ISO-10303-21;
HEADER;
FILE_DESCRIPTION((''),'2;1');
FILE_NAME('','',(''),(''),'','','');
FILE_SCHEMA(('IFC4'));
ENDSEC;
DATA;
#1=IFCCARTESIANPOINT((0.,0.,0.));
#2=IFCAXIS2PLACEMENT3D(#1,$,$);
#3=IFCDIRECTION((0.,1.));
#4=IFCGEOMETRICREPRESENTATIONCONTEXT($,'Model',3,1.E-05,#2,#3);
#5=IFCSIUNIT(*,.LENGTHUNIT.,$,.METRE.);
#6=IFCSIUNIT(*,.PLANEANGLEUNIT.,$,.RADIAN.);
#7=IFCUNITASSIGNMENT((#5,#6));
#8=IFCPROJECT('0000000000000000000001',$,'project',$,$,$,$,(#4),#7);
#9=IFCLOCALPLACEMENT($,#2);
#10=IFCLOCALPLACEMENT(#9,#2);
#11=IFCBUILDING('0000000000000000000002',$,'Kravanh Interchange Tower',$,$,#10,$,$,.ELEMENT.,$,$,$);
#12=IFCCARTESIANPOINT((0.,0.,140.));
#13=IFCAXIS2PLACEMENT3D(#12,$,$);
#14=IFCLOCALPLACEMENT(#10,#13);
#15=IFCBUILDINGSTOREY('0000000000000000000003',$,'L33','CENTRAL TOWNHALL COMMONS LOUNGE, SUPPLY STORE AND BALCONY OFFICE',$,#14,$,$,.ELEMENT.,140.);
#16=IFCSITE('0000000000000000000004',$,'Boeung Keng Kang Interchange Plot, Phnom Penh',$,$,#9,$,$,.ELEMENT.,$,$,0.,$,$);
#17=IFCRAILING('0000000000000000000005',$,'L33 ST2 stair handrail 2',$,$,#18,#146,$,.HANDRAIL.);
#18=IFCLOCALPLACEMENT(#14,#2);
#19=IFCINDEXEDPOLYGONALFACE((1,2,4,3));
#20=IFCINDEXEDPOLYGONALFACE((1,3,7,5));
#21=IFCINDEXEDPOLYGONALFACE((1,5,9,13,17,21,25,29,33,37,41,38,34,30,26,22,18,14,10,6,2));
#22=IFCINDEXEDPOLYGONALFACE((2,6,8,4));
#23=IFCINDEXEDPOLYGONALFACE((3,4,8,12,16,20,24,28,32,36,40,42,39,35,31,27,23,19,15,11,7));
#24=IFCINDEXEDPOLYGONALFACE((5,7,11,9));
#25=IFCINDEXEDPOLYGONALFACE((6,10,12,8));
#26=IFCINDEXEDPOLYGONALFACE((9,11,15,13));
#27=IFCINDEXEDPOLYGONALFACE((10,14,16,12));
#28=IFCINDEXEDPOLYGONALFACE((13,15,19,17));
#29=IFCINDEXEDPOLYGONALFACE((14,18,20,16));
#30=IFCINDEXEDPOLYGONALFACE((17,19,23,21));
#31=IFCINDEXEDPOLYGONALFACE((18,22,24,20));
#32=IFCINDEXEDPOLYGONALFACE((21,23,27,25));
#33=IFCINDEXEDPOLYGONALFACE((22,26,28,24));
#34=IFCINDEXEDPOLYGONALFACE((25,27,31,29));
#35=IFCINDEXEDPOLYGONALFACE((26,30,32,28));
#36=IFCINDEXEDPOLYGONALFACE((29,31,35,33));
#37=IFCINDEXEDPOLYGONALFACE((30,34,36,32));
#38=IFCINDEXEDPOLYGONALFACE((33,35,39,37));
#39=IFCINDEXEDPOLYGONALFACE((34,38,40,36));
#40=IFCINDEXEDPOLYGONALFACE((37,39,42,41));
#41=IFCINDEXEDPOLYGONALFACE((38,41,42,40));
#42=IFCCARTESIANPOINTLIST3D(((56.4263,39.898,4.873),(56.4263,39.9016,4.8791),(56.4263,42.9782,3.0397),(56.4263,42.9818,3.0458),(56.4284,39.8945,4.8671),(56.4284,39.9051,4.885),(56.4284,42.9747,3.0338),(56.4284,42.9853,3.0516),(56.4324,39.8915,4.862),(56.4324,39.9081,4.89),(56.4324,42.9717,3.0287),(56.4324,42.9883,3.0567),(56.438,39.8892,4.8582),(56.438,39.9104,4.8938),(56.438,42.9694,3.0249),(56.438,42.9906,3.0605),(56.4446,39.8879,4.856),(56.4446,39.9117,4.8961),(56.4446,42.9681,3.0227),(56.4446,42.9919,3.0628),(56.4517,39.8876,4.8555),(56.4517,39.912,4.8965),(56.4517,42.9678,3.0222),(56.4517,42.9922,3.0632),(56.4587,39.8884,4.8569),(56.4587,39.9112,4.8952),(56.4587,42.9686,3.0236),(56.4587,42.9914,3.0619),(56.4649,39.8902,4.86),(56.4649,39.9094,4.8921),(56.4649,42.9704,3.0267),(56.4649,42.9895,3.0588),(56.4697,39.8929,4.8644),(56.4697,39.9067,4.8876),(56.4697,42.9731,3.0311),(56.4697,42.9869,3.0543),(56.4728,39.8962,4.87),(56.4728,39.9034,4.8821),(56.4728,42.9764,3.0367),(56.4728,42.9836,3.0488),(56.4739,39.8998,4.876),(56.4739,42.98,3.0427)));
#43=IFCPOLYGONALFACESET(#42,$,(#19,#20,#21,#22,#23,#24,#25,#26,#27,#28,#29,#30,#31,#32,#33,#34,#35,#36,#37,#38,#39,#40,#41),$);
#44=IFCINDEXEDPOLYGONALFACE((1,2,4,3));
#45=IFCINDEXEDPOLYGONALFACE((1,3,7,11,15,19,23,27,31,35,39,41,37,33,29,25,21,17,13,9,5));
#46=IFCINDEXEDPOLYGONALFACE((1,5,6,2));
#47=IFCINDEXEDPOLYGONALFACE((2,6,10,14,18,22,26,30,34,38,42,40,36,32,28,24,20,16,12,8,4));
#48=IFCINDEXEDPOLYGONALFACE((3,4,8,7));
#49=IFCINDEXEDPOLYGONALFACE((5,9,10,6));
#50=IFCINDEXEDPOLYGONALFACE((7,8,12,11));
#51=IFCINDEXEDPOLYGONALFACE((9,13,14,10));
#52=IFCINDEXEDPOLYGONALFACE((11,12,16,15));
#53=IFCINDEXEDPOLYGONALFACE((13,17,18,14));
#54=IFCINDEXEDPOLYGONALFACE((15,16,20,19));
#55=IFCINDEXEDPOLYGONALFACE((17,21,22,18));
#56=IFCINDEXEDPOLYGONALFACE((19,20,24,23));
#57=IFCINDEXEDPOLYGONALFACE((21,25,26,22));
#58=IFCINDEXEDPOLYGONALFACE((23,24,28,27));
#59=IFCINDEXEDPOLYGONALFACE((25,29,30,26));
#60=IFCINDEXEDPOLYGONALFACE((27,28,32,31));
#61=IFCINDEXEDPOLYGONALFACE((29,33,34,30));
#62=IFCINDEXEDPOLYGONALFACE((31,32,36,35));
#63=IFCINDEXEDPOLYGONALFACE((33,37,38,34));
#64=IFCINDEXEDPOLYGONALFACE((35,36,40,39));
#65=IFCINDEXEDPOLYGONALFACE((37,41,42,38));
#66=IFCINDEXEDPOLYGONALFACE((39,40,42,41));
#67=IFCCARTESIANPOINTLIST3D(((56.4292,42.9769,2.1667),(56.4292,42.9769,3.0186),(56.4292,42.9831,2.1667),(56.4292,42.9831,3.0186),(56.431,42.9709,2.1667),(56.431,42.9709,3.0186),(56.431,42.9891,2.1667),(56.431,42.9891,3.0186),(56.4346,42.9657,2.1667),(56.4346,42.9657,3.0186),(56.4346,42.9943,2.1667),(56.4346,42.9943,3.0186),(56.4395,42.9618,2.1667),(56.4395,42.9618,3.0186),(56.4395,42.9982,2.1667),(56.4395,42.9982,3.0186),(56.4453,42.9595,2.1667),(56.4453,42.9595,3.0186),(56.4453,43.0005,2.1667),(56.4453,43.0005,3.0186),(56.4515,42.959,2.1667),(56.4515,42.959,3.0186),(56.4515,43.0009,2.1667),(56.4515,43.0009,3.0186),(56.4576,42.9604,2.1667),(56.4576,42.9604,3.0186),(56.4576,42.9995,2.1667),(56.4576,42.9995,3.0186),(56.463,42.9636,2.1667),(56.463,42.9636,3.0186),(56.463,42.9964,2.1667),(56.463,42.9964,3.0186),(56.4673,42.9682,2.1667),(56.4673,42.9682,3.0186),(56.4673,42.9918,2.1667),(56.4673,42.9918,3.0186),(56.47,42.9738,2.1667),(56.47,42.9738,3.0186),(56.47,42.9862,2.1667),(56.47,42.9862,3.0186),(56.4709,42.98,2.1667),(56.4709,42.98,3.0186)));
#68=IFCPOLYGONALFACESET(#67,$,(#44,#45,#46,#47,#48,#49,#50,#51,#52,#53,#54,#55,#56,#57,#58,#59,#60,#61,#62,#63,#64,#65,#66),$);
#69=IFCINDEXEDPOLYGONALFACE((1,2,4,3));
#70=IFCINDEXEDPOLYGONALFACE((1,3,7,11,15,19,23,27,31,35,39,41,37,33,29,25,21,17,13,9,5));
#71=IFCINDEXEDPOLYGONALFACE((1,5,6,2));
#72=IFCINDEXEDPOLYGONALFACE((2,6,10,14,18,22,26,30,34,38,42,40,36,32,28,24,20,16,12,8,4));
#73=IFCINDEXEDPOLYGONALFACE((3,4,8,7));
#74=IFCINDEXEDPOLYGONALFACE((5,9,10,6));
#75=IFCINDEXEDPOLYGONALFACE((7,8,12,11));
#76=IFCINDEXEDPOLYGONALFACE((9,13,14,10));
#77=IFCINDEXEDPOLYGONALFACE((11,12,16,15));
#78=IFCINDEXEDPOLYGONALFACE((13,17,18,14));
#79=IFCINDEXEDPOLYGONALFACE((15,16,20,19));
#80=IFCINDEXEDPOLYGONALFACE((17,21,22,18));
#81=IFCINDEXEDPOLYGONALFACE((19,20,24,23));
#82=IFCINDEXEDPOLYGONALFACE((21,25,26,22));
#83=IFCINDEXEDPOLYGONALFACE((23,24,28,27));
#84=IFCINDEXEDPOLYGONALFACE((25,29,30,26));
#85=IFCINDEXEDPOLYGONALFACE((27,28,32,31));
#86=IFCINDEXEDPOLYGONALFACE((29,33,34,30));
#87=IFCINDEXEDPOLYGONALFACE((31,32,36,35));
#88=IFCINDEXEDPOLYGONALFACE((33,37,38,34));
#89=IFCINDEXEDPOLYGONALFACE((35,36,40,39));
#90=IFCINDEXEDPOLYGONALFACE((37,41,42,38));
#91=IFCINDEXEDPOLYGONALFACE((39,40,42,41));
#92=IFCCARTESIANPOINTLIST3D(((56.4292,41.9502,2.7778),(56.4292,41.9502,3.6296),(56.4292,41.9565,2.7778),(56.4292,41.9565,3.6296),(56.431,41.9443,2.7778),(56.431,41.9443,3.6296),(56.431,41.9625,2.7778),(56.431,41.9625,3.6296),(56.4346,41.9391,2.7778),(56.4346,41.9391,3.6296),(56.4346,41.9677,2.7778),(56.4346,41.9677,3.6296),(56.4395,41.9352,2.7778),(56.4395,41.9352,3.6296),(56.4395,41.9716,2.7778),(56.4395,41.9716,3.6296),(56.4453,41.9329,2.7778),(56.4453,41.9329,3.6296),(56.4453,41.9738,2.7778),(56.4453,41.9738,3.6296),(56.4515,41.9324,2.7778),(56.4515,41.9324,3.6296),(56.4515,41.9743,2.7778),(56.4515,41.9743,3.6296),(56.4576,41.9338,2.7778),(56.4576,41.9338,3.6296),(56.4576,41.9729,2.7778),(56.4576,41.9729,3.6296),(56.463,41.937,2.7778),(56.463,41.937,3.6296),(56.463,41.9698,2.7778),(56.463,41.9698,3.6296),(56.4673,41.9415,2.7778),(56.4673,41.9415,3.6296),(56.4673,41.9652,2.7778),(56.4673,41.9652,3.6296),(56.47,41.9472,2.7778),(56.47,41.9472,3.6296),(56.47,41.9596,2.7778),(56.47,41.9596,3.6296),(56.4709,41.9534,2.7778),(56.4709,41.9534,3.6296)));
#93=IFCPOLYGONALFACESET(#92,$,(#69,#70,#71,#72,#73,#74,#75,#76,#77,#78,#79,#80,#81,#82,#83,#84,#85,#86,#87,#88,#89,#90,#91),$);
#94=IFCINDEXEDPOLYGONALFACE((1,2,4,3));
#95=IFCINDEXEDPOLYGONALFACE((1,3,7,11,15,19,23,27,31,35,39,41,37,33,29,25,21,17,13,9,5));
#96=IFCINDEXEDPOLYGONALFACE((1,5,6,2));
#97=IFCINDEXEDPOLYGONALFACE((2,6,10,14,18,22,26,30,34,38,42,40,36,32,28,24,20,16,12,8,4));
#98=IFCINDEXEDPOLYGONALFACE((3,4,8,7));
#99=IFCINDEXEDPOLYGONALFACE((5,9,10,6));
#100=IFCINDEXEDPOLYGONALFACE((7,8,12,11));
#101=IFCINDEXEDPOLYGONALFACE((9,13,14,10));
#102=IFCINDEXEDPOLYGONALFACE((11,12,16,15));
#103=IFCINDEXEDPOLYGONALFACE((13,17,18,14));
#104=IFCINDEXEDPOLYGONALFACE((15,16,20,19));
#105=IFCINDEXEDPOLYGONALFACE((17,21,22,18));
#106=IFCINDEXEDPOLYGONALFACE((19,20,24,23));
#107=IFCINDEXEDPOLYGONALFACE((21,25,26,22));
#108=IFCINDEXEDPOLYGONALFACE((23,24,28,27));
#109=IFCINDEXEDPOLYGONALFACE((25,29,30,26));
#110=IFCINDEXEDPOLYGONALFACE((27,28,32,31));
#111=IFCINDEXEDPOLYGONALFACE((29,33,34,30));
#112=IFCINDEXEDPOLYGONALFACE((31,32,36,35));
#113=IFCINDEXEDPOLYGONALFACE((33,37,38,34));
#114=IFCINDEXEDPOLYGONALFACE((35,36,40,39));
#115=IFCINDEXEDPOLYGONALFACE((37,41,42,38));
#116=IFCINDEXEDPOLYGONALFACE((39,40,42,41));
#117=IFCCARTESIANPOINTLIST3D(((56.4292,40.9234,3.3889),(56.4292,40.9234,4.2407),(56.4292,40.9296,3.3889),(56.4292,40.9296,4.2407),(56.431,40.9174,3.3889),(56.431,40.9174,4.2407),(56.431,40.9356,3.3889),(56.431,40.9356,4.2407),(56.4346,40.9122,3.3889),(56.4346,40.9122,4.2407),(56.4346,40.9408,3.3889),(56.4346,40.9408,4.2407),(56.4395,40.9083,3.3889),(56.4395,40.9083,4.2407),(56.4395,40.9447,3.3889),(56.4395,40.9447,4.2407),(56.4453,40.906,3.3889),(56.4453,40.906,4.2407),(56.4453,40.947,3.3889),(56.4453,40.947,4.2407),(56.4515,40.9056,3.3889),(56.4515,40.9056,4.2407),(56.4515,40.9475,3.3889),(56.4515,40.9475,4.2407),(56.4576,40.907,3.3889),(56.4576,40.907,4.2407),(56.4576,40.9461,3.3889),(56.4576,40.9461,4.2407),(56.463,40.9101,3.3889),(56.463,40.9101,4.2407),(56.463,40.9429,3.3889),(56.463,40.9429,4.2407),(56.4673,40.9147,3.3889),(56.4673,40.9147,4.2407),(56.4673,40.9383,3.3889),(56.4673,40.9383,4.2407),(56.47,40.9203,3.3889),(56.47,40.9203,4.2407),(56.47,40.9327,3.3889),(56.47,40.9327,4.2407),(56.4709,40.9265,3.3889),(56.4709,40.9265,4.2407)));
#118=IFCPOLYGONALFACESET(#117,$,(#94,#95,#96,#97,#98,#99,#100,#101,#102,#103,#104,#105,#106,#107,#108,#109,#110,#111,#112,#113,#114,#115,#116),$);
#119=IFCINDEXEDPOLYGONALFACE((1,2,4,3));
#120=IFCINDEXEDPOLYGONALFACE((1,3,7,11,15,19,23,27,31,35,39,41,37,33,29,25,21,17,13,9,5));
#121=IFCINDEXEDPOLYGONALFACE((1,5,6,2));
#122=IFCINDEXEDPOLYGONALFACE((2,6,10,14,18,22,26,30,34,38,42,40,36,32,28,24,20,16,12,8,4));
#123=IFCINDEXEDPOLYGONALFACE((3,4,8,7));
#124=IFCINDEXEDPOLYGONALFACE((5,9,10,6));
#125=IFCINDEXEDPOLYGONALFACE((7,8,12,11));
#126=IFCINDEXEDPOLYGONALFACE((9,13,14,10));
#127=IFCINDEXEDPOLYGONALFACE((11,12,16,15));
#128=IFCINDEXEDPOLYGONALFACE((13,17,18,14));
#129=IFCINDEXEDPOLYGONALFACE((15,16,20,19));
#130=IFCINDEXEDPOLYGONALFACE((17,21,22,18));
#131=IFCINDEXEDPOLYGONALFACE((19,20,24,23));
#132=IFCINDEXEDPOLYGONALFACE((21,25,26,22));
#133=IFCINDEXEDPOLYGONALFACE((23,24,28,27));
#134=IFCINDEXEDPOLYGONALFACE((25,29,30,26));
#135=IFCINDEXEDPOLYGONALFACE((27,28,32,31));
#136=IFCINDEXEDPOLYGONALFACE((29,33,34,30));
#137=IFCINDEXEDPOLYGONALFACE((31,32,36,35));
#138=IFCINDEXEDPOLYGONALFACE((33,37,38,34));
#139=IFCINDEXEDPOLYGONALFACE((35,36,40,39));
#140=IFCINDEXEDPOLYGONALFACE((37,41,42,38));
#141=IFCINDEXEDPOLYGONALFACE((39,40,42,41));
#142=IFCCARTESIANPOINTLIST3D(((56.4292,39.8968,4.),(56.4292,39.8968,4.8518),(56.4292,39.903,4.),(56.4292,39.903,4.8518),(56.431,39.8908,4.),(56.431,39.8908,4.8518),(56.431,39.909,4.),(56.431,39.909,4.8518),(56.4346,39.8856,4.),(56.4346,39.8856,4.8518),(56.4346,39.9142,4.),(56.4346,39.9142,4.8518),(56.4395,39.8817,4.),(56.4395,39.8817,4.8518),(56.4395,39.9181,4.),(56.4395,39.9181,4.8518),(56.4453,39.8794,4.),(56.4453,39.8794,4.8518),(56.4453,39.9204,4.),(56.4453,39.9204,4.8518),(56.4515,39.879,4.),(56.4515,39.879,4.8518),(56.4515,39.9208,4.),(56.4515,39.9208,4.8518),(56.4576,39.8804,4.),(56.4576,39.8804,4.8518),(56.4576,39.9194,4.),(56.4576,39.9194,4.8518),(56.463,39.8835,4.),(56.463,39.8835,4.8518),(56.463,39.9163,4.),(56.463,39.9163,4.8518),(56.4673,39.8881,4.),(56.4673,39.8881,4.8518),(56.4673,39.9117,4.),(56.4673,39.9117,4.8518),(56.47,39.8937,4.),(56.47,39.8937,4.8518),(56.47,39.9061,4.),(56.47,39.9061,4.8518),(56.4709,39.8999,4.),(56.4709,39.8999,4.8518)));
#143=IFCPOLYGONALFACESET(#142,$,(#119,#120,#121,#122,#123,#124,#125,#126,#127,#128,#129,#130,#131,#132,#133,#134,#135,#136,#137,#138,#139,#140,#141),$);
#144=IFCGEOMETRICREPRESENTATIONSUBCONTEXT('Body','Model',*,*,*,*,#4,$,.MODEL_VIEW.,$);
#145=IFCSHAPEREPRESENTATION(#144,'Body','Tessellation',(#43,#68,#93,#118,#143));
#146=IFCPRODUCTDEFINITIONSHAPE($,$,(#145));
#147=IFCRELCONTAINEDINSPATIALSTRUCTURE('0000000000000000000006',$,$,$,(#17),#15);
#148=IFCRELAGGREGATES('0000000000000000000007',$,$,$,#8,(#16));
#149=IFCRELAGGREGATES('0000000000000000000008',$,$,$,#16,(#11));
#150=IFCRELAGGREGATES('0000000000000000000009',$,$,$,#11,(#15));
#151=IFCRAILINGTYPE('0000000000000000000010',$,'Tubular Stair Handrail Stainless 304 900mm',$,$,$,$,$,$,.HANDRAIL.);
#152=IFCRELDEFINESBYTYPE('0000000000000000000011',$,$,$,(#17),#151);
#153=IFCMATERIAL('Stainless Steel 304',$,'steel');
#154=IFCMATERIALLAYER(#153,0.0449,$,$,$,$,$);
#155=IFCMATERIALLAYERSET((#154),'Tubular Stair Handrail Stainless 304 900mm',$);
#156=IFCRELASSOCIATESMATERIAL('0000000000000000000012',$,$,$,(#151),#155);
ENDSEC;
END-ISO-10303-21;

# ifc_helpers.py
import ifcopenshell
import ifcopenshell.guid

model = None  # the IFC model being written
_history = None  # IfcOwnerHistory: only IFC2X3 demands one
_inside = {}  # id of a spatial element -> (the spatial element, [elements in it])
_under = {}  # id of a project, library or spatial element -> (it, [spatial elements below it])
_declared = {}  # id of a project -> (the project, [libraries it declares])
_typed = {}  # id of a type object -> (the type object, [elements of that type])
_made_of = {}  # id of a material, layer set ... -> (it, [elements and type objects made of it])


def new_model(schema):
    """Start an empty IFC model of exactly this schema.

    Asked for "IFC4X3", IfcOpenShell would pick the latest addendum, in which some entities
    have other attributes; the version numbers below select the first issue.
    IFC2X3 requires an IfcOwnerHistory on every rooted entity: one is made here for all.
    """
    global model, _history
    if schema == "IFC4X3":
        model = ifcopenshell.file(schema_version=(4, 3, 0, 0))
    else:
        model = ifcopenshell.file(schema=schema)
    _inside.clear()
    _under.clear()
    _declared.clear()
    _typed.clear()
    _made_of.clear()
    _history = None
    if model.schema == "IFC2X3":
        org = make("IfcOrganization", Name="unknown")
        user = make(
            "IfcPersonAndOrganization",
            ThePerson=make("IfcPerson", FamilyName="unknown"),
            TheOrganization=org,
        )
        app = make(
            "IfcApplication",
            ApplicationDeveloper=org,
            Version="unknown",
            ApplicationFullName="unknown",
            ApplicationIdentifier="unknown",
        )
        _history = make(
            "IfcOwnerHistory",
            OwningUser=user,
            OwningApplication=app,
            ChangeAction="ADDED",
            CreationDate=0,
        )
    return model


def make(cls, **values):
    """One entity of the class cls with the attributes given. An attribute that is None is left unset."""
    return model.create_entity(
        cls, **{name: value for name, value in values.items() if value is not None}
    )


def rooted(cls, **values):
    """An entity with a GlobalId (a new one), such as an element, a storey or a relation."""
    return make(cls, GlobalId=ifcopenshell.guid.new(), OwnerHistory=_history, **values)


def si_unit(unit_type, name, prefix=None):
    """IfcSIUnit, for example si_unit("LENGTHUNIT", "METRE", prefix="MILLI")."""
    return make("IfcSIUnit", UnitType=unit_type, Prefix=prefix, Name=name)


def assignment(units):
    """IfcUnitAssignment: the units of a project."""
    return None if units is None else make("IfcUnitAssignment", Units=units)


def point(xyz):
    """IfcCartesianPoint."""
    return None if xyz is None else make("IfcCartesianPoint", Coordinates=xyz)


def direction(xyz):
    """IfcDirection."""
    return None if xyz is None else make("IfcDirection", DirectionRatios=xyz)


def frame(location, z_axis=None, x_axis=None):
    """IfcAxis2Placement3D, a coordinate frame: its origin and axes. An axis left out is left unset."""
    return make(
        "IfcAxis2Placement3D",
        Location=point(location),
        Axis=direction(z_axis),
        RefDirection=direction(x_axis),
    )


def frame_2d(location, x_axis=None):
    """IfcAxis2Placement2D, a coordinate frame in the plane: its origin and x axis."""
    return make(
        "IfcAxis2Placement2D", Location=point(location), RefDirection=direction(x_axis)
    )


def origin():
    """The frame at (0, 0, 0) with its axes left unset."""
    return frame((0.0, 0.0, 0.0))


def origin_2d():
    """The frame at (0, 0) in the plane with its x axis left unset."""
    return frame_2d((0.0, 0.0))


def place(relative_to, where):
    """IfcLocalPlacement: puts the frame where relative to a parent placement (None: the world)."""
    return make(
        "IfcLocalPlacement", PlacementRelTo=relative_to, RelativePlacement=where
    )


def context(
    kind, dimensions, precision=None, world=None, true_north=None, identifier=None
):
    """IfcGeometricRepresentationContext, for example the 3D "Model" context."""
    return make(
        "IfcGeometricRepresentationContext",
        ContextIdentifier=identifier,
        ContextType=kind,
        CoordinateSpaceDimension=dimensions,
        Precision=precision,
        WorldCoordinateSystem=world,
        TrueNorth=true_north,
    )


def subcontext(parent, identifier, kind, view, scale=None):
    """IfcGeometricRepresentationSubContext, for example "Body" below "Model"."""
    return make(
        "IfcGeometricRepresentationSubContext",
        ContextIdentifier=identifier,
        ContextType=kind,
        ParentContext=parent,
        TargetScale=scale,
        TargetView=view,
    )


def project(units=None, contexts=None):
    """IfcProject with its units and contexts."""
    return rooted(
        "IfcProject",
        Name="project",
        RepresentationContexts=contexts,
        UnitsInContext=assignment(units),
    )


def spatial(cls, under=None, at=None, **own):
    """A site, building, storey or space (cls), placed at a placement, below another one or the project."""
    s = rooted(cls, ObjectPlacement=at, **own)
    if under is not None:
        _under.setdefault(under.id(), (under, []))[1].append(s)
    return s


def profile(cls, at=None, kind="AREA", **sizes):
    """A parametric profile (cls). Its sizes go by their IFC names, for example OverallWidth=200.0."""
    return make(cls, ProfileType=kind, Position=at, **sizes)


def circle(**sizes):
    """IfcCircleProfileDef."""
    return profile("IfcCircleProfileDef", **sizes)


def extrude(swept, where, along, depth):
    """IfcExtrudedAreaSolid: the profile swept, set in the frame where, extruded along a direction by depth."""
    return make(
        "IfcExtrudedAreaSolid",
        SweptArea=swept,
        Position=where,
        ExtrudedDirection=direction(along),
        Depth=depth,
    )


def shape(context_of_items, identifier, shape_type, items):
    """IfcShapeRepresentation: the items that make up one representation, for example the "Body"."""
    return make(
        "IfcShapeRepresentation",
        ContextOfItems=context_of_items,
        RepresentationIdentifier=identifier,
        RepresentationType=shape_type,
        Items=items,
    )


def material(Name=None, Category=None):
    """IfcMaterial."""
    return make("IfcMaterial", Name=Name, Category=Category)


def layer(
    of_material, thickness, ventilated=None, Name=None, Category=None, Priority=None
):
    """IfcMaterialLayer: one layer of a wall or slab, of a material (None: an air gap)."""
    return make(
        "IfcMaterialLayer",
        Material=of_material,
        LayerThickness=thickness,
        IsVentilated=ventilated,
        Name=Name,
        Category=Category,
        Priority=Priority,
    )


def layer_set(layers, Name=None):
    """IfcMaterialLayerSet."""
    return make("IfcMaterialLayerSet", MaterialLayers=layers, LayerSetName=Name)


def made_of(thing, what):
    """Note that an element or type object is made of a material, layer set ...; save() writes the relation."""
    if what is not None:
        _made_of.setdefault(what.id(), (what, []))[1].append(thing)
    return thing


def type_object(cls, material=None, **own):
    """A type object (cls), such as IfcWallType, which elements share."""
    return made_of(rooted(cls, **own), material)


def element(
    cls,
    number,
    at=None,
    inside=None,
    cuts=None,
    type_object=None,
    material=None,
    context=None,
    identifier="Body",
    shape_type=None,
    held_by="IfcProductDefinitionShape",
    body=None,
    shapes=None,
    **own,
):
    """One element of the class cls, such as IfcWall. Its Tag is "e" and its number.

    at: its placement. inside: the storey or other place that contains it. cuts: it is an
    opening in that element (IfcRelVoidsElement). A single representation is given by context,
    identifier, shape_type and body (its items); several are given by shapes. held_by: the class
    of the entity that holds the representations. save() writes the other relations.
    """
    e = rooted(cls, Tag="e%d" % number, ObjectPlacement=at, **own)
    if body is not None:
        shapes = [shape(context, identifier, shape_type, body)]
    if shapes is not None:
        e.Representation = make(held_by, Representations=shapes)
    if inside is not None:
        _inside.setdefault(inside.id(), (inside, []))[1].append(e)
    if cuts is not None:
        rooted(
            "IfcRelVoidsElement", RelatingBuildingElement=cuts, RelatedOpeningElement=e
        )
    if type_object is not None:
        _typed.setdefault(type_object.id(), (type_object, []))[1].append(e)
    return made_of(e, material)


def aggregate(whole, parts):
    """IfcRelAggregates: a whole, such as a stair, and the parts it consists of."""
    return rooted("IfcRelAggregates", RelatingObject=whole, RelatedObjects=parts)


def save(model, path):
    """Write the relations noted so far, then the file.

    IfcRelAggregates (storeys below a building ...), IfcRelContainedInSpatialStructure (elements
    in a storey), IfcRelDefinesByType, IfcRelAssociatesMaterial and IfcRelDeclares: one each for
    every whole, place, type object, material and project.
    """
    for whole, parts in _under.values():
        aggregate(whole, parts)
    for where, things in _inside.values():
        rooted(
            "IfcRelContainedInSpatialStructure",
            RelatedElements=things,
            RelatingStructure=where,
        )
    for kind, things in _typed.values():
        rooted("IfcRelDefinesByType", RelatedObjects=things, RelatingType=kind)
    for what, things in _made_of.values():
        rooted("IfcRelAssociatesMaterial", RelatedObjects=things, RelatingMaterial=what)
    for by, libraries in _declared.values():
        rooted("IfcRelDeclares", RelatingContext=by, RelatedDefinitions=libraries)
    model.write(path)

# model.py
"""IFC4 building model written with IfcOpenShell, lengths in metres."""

from ifc_helpers import new_model, si_unit, direction, frame, origin, origin_2d, place, context, subcontext, project, spatial, circle, extrude, material, layer, layer_set, type_object, element, save


model = new_model("IFC4")

# Units and contexts
model_context = context("Model", 3, precision=1e-05, world=origin(), true_north=direction((0.0, 1.0)))
body_context = subcontext(model_context, "Body", "Model", "MODEL_VIEW")
ifc_project = project(units=[si_unit("LENGTHUNIT", "METRE"), si_unit("PLANEANGLEUNIT", "RADIAN")], contexts=[model_context])

# Site, building, storey
site_placement = place(None, origin())
site = spatial("IfcSite", under=ifc_project, at=site_placement, Name="Boeung Keng Kang Interchange Plot, Phnom Penh", CompositionType="ELEMENT", RefElevation=0.0)
building_placement = place(site_placement, origin())
building = spatial("IfcBuilding", under=site, at=building_placement, Name="Kravanh Interchange Tower", CompositionType="ELEMENT")
storey_placement = place(building_placement, frame((0.0, 0.0, 140.0)))
storey = spatial("IfcBuildingStorey", under=building, at=storey_placement, Name="L33", Description="CENTRAL TOWNHALL COMMONS LOUNGE, SUPPLY STORE AND BALCONY OFFICE", CompositionType="ELEMENT", Elevation=140.0)

# Railing
ifc_material_1 = material(Name="Stainless Steel 304", Category="steel")
ifc_layer_1 = layer(ifc_material_1, 0.0449)
ifc_layer_set_1 = layer_set([ifc_layer_1], Name="Tubular Stair Handrail Stainless 304 900mm")
railing_type_1 = type_object("IfcRailingType", Name="Tubular Stair Handrail Stainless 304 900mm", PredefinedType="HANDRAIL", material=ifc_layer_set_1)
railing_1_placement = place(storey_placement, frame((56.45, 42.98, 2.1667)))
element("IfcRailing", 1, at=railing_1_placement, inside=storey, type_object=railing_type_1, Name="L33 ST2 stair handrail 2", PredefinedType="HANDRAIL", context=body_context, shape_type="SweptSolid", body=[
    extrude(circle(Radius=0.0239, at=origin_2d()), frame((0.0, 0.0, 0.876), z_axis=(0.0, -0.859309, 0.511458), x_axis=(1.0, 0.0, 0.0)), (0.0, 0.0, 1.0), 3.5845),
    extrude(circle(Radius=0.021, at=origin_2d()), origin(), (0.0, 0.0, 1.0), 0.8518),
    extrude(circle(Radius=0.021, at=origin_2d()), frame((0.0, -1.0266, 0.6111)), (0.0, 0.0, 1.0), 0.8518),
    extrude(circle(Radius=0.021, at=origin_2d()), frame((0.0, -2.0535, 1.2222)), (0.0, 0.0, 1.0), 0.8518),
    extrude(circle(Radius=0.021, at=origin_2d()), frame((0.0, -3.0801, 1.8333)), (0.0, 0.0, 1.0), 0.8518),
])

save(model, "model.ifc")
